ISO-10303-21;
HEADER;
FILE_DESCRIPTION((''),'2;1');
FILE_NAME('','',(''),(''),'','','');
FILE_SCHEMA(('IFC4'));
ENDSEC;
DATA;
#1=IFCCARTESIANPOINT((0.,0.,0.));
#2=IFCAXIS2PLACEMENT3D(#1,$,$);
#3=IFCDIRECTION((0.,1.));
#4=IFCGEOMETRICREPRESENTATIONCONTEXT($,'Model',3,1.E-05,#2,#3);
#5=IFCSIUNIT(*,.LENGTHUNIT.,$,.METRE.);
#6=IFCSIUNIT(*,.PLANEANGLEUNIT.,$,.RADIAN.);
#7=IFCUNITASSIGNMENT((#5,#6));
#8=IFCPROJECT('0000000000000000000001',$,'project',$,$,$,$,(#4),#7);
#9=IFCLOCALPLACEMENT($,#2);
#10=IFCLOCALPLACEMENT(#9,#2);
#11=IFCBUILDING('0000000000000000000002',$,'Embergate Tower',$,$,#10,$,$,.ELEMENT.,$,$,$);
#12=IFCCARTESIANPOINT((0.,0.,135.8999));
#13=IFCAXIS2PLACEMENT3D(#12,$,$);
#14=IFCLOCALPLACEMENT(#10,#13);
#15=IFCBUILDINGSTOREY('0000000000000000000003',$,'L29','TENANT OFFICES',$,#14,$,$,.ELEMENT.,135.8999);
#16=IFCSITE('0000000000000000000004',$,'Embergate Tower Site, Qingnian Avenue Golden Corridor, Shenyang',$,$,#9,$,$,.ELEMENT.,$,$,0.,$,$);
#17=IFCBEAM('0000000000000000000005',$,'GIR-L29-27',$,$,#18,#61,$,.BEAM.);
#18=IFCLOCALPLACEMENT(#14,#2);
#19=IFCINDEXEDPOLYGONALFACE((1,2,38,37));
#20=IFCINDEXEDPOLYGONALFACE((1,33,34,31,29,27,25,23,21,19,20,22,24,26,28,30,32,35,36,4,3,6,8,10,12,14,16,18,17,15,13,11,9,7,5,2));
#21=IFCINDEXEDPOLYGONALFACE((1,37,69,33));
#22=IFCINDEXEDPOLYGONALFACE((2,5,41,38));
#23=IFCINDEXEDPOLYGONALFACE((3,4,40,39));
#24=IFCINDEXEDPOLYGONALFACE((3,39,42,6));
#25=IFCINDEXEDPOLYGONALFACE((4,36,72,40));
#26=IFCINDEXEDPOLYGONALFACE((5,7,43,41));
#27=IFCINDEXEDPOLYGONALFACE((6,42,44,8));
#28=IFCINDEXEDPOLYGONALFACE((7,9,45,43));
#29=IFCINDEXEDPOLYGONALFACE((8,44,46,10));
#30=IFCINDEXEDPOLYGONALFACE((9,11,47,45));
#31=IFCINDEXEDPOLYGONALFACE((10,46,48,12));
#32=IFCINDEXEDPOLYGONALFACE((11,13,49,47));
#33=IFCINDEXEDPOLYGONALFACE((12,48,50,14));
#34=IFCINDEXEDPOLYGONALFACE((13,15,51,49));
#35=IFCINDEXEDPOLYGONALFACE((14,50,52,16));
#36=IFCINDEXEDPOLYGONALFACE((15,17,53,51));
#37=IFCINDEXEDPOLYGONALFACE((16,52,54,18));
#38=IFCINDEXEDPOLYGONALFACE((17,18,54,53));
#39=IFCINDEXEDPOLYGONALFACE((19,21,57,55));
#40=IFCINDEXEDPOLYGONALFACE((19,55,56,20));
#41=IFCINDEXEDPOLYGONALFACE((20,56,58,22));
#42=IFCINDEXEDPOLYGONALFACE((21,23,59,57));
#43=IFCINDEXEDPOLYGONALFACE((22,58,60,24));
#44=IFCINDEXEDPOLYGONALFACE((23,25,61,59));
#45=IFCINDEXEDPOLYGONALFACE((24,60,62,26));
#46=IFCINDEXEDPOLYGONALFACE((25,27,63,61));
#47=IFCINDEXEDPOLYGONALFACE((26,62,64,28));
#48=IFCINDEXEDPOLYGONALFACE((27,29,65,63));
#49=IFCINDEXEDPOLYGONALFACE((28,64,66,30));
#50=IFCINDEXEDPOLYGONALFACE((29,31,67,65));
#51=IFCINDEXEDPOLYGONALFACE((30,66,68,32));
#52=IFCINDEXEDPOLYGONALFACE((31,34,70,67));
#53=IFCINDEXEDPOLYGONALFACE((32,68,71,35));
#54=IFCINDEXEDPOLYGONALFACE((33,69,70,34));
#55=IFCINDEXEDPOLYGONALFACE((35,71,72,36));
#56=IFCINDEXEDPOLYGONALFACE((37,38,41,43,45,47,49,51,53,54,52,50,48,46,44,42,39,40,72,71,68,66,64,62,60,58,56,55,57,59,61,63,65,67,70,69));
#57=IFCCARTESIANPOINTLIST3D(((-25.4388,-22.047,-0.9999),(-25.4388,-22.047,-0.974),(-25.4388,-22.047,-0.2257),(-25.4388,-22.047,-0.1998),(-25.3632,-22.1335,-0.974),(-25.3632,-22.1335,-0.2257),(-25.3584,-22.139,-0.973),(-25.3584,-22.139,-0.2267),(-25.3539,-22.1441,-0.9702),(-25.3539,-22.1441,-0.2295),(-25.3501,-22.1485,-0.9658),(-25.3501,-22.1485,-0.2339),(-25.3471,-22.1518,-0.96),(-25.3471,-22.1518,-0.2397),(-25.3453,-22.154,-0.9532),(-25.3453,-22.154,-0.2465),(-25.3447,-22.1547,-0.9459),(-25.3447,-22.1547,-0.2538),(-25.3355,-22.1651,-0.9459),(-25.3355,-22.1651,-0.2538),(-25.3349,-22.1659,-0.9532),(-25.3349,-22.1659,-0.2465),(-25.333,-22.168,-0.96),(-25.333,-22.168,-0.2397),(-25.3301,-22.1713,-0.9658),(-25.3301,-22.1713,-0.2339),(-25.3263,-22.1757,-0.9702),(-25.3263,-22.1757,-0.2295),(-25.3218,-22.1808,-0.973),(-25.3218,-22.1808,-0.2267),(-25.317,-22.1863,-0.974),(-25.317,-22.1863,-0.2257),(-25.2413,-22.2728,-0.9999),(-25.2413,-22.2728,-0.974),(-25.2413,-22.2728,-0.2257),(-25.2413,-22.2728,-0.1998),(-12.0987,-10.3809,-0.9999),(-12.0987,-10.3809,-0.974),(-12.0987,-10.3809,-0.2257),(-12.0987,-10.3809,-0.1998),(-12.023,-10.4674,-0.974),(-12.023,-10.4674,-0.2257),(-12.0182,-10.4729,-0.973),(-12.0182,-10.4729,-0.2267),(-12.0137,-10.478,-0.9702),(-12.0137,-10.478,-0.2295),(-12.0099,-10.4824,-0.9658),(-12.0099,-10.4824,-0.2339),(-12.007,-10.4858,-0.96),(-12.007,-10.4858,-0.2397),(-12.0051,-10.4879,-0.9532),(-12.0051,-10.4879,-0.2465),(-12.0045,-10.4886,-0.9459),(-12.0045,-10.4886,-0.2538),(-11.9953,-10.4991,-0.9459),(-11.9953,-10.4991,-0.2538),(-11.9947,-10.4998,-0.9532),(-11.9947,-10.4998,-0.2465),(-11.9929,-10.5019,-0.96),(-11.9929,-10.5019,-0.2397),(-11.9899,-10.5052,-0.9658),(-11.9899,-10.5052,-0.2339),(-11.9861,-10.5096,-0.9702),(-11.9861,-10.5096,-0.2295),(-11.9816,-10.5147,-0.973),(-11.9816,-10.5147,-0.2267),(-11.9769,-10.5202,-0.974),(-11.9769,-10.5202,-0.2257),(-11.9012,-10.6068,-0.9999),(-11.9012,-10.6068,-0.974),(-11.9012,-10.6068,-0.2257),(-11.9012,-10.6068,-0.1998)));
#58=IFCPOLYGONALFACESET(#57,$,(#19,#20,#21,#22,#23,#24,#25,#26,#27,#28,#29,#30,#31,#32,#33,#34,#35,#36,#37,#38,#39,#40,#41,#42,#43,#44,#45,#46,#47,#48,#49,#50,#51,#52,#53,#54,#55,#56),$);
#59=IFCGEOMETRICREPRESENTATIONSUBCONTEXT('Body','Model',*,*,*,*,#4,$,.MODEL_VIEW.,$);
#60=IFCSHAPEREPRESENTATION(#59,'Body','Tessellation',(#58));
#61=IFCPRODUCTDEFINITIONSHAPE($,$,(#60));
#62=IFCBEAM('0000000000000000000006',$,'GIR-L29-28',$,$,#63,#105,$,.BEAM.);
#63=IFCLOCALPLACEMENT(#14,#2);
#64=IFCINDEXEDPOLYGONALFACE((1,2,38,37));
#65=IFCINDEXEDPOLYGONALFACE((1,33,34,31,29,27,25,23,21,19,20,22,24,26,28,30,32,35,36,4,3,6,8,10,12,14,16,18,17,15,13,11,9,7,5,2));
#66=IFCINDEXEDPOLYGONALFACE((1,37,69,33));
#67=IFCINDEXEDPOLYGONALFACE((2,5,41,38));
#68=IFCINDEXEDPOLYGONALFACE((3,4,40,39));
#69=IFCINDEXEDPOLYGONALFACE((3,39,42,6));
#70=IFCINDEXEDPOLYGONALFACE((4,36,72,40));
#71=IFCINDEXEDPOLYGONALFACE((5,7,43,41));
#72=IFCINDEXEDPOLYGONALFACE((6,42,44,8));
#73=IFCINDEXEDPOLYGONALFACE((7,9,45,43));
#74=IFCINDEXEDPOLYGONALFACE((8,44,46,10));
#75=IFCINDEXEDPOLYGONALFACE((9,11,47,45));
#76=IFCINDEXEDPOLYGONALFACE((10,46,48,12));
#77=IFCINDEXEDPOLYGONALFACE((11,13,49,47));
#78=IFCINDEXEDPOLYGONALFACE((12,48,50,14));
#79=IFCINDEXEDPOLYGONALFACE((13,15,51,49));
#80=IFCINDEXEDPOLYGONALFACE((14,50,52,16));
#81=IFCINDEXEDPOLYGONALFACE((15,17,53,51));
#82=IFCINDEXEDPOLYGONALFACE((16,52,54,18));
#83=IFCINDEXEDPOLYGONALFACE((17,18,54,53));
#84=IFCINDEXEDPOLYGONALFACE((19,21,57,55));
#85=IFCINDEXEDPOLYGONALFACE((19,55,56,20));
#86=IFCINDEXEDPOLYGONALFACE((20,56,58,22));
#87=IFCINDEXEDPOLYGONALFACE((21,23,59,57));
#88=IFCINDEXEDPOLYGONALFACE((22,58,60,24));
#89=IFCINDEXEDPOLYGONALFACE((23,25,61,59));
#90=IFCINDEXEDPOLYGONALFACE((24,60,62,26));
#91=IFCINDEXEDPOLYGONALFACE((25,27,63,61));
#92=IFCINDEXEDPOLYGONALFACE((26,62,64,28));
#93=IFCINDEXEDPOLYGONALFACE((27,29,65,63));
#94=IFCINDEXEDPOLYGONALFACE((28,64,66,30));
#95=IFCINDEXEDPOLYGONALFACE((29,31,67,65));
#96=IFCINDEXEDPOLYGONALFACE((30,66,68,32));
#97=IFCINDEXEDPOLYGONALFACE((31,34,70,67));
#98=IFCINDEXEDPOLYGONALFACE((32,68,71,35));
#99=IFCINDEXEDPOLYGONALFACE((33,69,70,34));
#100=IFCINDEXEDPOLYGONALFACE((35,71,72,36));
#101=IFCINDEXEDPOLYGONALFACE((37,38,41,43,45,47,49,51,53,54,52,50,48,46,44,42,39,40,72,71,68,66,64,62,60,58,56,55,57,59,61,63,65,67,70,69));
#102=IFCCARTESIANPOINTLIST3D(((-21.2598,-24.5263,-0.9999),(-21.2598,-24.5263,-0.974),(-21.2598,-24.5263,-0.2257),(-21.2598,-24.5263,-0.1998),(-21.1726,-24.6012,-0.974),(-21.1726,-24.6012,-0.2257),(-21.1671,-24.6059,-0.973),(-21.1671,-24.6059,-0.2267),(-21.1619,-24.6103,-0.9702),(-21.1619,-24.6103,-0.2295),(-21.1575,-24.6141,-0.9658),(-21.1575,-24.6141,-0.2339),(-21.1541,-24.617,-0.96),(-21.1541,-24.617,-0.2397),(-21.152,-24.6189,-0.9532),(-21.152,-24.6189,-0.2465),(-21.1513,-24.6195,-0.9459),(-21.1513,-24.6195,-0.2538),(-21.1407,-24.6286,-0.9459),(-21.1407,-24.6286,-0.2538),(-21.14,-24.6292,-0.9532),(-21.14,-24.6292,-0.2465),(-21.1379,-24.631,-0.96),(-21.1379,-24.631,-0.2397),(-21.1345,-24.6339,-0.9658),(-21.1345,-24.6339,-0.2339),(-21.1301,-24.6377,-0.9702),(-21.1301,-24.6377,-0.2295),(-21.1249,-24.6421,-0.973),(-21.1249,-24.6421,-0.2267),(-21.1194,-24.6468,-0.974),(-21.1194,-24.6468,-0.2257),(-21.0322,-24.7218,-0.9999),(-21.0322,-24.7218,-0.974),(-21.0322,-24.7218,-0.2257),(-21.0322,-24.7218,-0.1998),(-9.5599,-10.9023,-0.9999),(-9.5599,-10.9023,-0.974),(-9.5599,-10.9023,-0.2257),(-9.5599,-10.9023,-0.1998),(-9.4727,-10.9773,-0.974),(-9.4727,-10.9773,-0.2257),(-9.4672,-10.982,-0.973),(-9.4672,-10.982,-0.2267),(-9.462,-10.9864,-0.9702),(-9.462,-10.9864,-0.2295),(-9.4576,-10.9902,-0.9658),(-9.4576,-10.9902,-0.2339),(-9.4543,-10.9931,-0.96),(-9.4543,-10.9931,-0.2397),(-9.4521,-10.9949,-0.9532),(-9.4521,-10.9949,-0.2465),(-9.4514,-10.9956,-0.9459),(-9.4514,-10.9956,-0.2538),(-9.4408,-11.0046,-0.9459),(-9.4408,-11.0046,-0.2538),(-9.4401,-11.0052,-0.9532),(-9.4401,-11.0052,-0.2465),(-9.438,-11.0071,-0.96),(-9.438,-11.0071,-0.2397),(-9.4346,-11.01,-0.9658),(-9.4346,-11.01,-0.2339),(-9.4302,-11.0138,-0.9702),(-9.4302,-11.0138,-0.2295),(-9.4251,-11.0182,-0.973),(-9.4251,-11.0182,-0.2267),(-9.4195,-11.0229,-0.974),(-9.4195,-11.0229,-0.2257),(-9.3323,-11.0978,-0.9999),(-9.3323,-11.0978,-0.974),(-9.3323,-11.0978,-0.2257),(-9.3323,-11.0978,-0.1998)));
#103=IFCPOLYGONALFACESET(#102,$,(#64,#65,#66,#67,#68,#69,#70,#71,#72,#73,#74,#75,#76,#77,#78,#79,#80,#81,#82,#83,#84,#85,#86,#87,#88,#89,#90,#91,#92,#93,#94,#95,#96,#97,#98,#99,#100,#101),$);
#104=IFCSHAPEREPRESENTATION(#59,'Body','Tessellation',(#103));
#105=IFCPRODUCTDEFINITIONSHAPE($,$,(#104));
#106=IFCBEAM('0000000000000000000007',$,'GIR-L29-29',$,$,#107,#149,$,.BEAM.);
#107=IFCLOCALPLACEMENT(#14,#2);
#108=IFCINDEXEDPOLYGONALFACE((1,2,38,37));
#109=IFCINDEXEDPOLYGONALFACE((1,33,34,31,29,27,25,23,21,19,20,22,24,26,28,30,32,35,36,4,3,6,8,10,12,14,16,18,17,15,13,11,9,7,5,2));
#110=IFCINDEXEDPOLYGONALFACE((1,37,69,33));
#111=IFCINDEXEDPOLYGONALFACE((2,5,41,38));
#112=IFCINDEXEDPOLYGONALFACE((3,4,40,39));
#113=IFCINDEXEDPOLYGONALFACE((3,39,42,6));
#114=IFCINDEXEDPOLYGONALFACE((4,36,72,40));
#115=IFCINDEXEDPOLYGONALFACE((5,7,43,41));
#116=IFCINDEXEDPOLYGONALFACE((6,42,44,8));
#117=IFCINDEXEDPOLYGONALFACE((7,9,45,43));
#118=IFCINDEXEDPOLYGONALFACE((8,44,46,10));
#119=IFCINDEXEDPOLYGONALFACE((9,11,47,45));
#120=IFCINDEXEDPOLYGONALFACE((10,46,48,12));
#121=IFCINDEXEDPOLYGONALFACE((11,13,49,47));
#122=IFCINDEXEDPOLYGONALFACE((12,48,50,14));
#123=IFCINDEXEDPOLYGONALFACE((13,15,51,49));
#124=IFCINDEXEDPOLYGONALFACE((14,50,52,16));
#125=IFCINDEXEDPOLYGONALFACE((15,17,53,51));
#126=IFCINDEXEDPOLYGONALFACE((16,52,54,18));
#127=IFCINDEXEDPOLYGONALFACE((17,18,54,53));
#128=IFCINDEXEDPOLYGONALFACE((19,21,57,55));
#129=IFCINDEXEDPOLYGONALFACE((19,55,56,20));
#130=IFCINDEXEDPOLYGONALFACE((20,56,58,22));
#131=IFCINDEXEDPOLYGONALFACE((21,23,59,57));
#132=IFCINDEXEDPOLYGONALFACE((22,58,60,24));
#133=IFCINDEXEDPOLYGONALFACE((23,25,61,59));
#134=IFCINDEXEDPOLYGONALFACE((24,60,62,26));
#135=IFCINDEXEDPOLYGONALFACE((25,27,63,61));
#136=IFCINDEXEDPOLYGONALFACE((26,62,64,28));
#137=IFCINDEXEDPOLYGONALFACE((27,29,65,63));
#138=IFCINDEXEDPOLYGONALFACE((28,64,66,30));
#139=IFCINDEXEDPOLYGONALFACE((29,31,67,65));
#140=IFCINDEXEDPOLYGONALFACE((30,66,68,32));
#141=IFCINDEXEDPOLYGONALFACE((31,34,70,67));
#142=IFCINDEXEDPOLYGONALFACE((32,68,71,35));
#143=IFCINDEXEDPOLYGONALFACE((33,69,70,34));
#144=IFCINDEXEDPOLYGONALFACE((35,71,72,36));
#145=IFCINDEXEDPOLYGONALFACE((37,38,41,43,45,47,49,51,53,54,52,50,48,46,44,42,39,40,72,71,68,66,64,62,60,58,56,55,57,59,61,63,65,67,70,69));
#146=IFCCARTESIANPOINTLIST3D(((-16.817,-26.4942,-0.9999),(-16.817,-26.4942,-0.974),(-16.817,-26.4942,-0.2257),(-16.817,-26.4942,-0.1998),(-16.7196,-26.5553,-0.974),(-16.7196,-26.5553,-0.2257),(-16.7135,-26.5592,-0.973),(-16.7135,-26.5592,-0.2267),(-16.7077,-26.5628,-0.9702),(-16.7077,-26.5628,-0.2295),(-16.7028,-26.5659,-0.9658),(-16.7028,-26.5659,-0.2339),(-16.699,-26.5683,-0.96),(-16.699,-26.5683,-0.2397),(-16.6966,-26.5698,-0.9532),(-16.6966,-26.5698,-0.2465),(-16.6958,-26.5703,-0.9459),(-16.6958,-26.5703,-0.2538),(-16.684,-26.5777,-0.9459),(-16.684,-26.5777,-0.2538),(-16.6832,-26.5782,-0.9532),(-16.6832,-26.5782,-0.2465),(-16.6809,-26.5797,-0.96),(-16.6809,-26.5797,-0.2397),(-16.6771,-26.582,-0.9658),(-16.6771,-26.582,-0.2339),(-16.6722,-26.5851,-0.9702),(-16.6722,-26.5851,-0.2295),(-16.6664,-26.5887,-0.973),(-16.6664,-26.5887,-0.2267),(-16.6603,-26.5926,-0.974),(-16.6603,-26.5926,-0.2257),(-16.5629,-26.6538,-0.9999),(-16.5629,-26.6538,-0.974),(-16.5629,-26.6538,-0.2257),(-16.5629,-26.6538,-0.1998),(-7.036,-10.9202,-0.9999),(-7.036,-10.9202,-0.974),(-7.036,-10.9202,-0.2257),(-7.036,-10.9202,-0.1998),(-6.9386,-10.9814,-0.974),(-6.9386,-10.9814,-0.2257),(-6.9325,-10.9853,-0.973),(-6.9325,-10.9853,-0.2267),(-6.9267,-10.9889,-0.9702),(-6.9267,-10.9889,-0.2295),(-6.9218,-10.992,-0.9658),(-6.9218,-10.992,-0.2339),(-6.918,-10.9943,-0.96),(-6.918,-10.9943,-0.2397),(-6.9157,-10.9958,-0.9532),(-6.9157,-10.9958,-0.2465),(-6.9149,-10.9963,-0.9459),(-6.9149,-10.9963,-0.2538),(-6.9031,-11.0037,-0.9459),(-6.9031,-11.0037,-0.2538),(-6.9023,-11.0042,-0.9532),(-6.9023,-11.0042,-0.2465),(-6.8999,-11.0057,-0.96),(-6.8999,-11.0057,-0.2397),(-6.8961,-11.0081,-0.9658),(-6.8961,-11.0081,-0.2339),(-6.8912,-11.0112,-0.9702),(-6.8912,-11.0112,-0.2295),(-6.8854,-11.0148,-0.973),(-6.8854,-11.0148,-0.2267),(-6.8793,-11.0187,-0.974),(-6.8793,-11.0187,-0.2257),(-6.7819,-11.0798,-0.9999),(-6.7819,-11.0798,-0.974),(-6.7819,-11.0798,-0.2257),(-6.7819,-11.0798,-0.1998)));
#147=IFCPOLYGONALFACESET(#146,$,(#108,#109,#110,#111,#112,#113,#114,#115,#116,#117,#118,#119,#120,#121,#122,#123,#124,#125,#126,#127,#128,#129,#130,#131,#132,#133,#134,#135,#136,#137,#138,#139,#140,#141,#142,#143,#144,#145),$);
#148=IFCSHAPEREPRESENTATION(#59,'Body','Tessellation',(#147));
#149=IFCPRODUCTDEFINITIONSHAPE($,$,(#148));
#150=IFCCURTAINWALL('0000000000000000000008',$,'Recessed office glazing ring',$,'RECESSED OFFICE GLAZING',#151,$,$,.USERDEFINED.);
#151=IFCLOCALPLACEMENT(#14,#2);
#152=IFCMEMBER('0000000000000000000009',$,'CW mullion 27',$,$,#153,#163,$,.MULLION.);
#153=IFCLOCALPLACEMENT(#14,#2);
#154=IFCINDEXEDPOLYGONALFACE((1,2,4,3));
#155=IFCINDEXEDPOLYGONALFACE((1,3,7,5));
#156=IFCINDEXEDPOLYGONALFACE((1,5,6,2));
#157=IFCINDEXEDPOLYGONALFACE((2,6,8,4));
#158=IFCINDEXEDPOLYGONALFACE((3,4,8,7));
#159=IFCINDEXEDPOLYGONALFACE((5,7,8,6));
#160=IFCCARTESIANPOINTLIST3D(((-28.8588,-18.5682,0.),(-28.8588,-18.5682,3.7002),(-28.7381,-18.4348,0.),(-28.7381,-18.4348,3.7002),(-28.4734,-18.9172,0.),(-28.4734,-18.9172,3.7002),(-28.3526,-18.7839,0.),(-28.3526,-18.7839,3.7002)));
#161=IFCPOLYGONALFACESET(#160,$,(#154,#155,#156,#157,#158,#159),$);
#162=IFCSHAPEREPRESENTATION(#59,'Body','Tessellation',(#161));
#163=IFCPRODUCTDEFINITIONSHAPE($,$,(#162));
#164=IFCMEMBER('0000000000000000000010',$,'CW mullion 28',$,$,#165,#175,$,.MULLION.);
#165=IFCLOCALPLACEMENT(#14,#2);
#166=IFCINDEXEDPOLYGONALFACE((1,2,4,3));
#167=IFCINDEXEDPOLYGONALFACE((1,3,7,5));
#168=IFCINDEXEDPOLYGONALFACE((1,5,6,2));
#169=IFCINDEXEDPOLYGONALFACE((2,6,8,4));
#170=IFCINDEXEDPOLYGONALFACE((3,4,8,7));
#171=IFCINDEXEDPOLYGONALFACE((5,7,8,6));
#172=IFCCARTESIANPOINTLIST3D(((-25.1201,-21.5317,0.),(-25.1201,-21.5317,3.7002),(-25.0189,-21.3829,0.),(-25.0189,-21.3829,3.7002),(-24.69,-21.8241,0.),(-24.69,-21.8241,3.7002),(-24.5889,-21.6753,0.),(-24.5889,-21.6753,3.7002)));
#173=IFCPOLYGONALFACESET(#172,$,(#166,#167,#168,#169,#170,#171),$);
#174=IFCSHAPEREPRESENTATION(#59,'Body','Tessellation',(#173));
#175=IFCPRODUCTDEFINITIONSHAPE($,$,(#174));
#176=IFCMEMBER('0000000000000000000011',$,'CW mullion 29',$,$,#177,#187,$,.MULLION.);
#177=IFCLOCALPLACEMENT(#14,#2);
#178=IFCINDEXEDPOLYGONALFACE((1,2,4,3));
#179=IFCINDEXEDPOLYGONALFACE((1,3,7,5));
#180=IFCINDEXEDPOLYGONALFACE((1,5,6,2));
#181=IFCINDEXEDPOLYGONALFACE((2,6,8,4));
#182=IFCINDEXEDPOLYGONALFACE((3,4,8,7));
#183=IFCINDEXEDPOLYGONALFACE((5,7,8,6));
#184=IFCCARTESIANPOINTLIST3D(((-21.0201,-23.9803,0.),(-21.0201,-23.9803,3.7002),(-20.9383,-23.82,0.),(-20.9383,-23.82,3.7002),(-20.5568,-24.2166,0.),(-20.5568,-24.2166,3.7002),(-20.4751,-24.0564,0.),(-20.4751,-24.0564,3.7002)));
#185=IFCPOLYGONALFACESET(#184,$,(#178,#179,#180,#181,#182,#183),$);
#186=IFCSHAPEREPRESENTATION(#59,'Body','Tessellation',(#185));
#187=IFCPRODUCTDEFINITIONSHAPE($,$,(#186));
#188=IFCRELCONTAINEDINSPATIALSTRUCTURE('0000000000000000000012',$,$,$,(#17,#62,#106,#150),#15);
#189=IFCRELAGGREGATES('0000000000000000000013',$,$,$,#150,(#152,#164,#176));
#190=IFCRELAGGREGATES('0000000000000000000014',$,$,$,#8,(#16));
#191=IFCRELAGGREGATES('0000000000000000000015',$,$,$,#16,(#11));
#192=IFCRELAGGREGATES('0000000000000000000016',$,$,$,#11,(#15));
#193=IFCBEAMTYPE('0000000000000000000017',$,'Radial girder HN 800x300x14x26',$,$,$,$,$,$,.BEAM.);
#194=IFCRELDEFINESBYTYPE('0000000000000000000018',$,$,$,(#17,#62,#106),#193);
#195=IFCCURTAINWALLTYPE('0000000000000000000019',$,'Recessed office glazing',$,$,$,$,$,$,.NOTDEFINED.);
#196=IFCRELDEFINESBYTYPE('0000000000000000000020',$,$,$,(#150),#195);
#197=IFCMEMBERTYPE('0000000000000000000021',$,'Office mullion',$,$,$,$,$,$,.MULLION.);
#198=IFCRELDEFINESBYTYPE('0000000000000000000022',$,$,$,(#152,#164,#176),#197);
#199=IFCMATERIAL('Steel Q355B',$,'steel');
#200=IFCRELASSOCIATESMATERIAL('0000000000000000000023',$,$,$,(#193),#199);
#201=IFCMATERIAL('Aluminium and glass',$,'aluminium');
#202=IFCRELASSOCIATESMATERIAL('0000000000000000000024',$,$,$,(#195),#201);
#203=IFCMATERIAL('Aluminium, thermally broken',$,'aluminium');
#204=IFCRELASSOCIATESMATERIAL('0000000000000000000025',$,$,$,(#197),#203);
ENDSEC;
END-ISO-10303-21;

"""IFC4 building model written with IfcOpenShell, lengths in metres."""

from ifc_helpers import new_model, si_unit, direction, frame, origin, origin_2d, place, context, subcontext, project, spatial, rectangle, i_section, extrude, source, transform, mapped, material, material_profile, profile_set, type_object, element, aggregate, save


model = new_model("IFC4")

# Units and contexts
model_context = context("Model", 3, precision=1e-05, world=origin(), true_north=direction((0.0, 1.0)))
body_context = subcontext(model_context, "Body", "Model", "MODEL_VIEW")
ifc_project = project(units=[si_unit("LENGTHUNIT", "METRE"), si_unit("PLANEANGLEUNIT", "RADIAN")], contexts=[model_context])

# Site, building, storey
site_placement = place(None, origin())
site = spatial("IfcSite", under=ifc_project, at=site_placement, Name="Embergate Tower Site, Qingnian Avenue Golden Corridor, Shenyang", CompositionType="ELEMENT", RefElevation=0.0)
building_placement = place(site_placement, origin())
building = spatial("IfcBuilding", under=site, at=building_placement, Name="Embergate Tower", CompositionType="ELEMENT")
storey_placement = place(building_placement, frame((0.0, 0.0, 135.8999)))
storey = spatial("IfcBuildingStorey", under=building, at=storey_placement, Name="L29", Description="TENANT OFFICES", CompositionType="ELEMENT", Elevation=135.8999)

# Beams
ifc_material_1 = material(Name="Steel Q355B", Category="steel")
ifc_material_profile_1 = material_profile(ifc_material_1, i_section(OverallWidth=0.3, OverallDepth=0.8, WebThickness=0.0139, FlangeThickness=0.0259, FilletRadius=0.0281, at=origin_2d()), Name="HN 800x300x14x26")
ifc_profile_set_1 = profile_set([ifc_material_profile_1], Name="Steel Q355 grade B")
beam_type_1 = type_object("IfcBeamType", Name="Radial girder HN 800x300x14x26", PredefinedType="BEAM", material=ifc_profile_set_1)
shared_shape_1 = source(origin(), body_context, "Body", "SweptSolid", [
    extrude(i_section(OverallWidth=0.3, OverallDepth=0.8, WebThickness=0.0139, FlangeThickness=0.0259, FilletRadius=0.0281, at=origin_2d()), origin(), (0.0, 0.0, 1.0), 17.7217),
])
beam_1_placement = place(storey_placement, frame((-25.3401, -22.1599, -0.5999), z_axis=(0.75276, 0.658295, 0.0), x_axis=(-0.658295, 0.75276, 0.0)))
element("IfcBeam", 1, at=beam_1_placement, inside=storey, type_object=beam_type_1, Name="GIR-L29-27", PredefinedType="BEAM", context=body_context, shape_type="MappedRepresentation", body=[
    mapped(shared_shape_1, transform((0.0, 0.0, 0.0))),
])
shared_shape_2 = source(origin(), body_context, "Body", "SweptSolid", [
    extrude(i_section(OverallWidth=0.3, OverallDepth=0.8, WebThickness=0.0139, FlangeThickness=0.0259, FilletRadius=0.0281, at=origin_2d()), origin(), (0.0, 0.0, 1.0), 17.9583),
])
beam_2_placement = place(storey_placement, frame((-21.146, -24.624, -0.5999), z_axis=(0.651504, 0.758645, 0.0), x_axis=(-0.758645, 0.651504, 0.0)))
element("IfcBeam", 2, at=beam_2_placement, inside=storey, type_object=beam_type_1, Name="GIR-L29-28", PredefinedType="BEAM", context=body_context, shape_type="MappedRepresentation", body=[
    mapped(shared_shape_2, transform((0.0, 0.0, 0.0))),
])
shared_shape_3 = source(origin(), body_context, "Body", "SweptSolid", [
    extrude(i_section(OverallWidth=0.3, OverallDepth=0.8, WebThickness=0.0139, FlangeThickness=0.0259, FilletRadius=0.0281, at=origin_2d()), origin(), (0.0, 0.0, 1.0), 18.3906),
])
beam_3_placement = place(storey_placement, frame((-16.6899, -26.574, -0.5999), z_axis=(0.531846, 0.846841, 0.0), x_axis=(-0.846841, 0.531846, 0.0)))
element("IfcBeam", 3, at=beam_3_placement, inside=storey, type_object=beam_type_1, Name="GIR-L29-29", PredefinedType="BEAM", context=body_context, shape_type="MappedRepresentation", body=[
    mapped(shared_shape_3, transform((0.0, 0.0, 0.0))),
])

# Curtain wall, members
ifc_material_2 = material(Name="Aluminium and glass", Category="aluminium")
curtain_wall_type = type_object("IfcCurtainWallType", Name="Recessed office glazing", PredefinedType="NOTDEFINED", material=ifc_material_2)
curtain_wall_placement = place(storey_placement, origin())
curtain_wall = element("IfcCurtainWall", 4, at=curtain_wall_placement, inside=storey, type_object=curtain_wall_type, Name="Recessed office glazing ring", ObjectType="RECESSED OFFICE GLAZING", PredefinedType="USERDEFINED")
ifc_material_3 = material(Name="Aluminium, thermally broken", Category="aluminium")
ifc_material_profile_2 = material_profile(ifc_material_3, rectangle(XDim=0.1799, YDim=0.52, at=origin_2d()), Name="AL 520x180")
ifc_profile_set_2 = profile_set([ifc_material_profile_2], Name="Aluminium, thermally broken")
member_type_1 = type_object("IfcMemberType", Name="Office mullion", PredefinedType="MULLION", material=ifc_profile_set_2)
shared_shape_4 = source(origin(), body_context, "Body", "SweptSolid", [
    extrude(rectangle(XDim=0.1799, YDim=0.52, at=origin_2d()), origin(), (0.0, 0.0, 1.0), 3.7002),
])
member_1_placement = place(storey_placement, frame((-28.6057, -18.676, 0.0), z_axis=(0.0, 0.0, 1.0), x_axis=(0.671225, 0.741253, 0.0)))
member_1 = element("IfcMember", 5, at=member_1_placement, type_object=member_type_1, Name="CW mullion 27", PredefinedType="MULLION", context=body_context, shape_type="MappedRepresentation", body=[
    mapped(shared_shape_4, transform((0.0, 0.0, 0.0))),
])
member_2_placement = place(storey_placement, frame((-24.8545, -21.6035, 0.0), z_axis=(0.0, 0.0, 1.0), x_axis=(0.562215, 0.826991, 0.0)))
member_2 = element("IfcMember", 6, at=member_2_placement, type_object=member_type_1, Name="CW mullion 28", PredefinedType="MULLION", context=body_context, shape_type="MappedRepresentation", body=[
    mapped(shared_shape_4, transform((0.0, 0.0, 0.0))),
])
member_3_placement = place(storey_placement, frame((-20.7476, -24.0183, 0.0), z_axis=(0.0, 0.0, 1.0), x_axis=(0.454508, 0.890743, 0.0)))
member_3 = element("IfcMember", 7, at=member_3_placement, type_object=member_type_1, Name="CW mullion 29", PredefinedType="MULLION", context=body_context, shape_type="MappedRepresentation", body=[
    mapped(shared_shape_4, transform((0.0, 0.0, 0.0))),
])
aggregate(curtain_wall, [member_1, member_2, member_3])

save(model, "model.ifc")
